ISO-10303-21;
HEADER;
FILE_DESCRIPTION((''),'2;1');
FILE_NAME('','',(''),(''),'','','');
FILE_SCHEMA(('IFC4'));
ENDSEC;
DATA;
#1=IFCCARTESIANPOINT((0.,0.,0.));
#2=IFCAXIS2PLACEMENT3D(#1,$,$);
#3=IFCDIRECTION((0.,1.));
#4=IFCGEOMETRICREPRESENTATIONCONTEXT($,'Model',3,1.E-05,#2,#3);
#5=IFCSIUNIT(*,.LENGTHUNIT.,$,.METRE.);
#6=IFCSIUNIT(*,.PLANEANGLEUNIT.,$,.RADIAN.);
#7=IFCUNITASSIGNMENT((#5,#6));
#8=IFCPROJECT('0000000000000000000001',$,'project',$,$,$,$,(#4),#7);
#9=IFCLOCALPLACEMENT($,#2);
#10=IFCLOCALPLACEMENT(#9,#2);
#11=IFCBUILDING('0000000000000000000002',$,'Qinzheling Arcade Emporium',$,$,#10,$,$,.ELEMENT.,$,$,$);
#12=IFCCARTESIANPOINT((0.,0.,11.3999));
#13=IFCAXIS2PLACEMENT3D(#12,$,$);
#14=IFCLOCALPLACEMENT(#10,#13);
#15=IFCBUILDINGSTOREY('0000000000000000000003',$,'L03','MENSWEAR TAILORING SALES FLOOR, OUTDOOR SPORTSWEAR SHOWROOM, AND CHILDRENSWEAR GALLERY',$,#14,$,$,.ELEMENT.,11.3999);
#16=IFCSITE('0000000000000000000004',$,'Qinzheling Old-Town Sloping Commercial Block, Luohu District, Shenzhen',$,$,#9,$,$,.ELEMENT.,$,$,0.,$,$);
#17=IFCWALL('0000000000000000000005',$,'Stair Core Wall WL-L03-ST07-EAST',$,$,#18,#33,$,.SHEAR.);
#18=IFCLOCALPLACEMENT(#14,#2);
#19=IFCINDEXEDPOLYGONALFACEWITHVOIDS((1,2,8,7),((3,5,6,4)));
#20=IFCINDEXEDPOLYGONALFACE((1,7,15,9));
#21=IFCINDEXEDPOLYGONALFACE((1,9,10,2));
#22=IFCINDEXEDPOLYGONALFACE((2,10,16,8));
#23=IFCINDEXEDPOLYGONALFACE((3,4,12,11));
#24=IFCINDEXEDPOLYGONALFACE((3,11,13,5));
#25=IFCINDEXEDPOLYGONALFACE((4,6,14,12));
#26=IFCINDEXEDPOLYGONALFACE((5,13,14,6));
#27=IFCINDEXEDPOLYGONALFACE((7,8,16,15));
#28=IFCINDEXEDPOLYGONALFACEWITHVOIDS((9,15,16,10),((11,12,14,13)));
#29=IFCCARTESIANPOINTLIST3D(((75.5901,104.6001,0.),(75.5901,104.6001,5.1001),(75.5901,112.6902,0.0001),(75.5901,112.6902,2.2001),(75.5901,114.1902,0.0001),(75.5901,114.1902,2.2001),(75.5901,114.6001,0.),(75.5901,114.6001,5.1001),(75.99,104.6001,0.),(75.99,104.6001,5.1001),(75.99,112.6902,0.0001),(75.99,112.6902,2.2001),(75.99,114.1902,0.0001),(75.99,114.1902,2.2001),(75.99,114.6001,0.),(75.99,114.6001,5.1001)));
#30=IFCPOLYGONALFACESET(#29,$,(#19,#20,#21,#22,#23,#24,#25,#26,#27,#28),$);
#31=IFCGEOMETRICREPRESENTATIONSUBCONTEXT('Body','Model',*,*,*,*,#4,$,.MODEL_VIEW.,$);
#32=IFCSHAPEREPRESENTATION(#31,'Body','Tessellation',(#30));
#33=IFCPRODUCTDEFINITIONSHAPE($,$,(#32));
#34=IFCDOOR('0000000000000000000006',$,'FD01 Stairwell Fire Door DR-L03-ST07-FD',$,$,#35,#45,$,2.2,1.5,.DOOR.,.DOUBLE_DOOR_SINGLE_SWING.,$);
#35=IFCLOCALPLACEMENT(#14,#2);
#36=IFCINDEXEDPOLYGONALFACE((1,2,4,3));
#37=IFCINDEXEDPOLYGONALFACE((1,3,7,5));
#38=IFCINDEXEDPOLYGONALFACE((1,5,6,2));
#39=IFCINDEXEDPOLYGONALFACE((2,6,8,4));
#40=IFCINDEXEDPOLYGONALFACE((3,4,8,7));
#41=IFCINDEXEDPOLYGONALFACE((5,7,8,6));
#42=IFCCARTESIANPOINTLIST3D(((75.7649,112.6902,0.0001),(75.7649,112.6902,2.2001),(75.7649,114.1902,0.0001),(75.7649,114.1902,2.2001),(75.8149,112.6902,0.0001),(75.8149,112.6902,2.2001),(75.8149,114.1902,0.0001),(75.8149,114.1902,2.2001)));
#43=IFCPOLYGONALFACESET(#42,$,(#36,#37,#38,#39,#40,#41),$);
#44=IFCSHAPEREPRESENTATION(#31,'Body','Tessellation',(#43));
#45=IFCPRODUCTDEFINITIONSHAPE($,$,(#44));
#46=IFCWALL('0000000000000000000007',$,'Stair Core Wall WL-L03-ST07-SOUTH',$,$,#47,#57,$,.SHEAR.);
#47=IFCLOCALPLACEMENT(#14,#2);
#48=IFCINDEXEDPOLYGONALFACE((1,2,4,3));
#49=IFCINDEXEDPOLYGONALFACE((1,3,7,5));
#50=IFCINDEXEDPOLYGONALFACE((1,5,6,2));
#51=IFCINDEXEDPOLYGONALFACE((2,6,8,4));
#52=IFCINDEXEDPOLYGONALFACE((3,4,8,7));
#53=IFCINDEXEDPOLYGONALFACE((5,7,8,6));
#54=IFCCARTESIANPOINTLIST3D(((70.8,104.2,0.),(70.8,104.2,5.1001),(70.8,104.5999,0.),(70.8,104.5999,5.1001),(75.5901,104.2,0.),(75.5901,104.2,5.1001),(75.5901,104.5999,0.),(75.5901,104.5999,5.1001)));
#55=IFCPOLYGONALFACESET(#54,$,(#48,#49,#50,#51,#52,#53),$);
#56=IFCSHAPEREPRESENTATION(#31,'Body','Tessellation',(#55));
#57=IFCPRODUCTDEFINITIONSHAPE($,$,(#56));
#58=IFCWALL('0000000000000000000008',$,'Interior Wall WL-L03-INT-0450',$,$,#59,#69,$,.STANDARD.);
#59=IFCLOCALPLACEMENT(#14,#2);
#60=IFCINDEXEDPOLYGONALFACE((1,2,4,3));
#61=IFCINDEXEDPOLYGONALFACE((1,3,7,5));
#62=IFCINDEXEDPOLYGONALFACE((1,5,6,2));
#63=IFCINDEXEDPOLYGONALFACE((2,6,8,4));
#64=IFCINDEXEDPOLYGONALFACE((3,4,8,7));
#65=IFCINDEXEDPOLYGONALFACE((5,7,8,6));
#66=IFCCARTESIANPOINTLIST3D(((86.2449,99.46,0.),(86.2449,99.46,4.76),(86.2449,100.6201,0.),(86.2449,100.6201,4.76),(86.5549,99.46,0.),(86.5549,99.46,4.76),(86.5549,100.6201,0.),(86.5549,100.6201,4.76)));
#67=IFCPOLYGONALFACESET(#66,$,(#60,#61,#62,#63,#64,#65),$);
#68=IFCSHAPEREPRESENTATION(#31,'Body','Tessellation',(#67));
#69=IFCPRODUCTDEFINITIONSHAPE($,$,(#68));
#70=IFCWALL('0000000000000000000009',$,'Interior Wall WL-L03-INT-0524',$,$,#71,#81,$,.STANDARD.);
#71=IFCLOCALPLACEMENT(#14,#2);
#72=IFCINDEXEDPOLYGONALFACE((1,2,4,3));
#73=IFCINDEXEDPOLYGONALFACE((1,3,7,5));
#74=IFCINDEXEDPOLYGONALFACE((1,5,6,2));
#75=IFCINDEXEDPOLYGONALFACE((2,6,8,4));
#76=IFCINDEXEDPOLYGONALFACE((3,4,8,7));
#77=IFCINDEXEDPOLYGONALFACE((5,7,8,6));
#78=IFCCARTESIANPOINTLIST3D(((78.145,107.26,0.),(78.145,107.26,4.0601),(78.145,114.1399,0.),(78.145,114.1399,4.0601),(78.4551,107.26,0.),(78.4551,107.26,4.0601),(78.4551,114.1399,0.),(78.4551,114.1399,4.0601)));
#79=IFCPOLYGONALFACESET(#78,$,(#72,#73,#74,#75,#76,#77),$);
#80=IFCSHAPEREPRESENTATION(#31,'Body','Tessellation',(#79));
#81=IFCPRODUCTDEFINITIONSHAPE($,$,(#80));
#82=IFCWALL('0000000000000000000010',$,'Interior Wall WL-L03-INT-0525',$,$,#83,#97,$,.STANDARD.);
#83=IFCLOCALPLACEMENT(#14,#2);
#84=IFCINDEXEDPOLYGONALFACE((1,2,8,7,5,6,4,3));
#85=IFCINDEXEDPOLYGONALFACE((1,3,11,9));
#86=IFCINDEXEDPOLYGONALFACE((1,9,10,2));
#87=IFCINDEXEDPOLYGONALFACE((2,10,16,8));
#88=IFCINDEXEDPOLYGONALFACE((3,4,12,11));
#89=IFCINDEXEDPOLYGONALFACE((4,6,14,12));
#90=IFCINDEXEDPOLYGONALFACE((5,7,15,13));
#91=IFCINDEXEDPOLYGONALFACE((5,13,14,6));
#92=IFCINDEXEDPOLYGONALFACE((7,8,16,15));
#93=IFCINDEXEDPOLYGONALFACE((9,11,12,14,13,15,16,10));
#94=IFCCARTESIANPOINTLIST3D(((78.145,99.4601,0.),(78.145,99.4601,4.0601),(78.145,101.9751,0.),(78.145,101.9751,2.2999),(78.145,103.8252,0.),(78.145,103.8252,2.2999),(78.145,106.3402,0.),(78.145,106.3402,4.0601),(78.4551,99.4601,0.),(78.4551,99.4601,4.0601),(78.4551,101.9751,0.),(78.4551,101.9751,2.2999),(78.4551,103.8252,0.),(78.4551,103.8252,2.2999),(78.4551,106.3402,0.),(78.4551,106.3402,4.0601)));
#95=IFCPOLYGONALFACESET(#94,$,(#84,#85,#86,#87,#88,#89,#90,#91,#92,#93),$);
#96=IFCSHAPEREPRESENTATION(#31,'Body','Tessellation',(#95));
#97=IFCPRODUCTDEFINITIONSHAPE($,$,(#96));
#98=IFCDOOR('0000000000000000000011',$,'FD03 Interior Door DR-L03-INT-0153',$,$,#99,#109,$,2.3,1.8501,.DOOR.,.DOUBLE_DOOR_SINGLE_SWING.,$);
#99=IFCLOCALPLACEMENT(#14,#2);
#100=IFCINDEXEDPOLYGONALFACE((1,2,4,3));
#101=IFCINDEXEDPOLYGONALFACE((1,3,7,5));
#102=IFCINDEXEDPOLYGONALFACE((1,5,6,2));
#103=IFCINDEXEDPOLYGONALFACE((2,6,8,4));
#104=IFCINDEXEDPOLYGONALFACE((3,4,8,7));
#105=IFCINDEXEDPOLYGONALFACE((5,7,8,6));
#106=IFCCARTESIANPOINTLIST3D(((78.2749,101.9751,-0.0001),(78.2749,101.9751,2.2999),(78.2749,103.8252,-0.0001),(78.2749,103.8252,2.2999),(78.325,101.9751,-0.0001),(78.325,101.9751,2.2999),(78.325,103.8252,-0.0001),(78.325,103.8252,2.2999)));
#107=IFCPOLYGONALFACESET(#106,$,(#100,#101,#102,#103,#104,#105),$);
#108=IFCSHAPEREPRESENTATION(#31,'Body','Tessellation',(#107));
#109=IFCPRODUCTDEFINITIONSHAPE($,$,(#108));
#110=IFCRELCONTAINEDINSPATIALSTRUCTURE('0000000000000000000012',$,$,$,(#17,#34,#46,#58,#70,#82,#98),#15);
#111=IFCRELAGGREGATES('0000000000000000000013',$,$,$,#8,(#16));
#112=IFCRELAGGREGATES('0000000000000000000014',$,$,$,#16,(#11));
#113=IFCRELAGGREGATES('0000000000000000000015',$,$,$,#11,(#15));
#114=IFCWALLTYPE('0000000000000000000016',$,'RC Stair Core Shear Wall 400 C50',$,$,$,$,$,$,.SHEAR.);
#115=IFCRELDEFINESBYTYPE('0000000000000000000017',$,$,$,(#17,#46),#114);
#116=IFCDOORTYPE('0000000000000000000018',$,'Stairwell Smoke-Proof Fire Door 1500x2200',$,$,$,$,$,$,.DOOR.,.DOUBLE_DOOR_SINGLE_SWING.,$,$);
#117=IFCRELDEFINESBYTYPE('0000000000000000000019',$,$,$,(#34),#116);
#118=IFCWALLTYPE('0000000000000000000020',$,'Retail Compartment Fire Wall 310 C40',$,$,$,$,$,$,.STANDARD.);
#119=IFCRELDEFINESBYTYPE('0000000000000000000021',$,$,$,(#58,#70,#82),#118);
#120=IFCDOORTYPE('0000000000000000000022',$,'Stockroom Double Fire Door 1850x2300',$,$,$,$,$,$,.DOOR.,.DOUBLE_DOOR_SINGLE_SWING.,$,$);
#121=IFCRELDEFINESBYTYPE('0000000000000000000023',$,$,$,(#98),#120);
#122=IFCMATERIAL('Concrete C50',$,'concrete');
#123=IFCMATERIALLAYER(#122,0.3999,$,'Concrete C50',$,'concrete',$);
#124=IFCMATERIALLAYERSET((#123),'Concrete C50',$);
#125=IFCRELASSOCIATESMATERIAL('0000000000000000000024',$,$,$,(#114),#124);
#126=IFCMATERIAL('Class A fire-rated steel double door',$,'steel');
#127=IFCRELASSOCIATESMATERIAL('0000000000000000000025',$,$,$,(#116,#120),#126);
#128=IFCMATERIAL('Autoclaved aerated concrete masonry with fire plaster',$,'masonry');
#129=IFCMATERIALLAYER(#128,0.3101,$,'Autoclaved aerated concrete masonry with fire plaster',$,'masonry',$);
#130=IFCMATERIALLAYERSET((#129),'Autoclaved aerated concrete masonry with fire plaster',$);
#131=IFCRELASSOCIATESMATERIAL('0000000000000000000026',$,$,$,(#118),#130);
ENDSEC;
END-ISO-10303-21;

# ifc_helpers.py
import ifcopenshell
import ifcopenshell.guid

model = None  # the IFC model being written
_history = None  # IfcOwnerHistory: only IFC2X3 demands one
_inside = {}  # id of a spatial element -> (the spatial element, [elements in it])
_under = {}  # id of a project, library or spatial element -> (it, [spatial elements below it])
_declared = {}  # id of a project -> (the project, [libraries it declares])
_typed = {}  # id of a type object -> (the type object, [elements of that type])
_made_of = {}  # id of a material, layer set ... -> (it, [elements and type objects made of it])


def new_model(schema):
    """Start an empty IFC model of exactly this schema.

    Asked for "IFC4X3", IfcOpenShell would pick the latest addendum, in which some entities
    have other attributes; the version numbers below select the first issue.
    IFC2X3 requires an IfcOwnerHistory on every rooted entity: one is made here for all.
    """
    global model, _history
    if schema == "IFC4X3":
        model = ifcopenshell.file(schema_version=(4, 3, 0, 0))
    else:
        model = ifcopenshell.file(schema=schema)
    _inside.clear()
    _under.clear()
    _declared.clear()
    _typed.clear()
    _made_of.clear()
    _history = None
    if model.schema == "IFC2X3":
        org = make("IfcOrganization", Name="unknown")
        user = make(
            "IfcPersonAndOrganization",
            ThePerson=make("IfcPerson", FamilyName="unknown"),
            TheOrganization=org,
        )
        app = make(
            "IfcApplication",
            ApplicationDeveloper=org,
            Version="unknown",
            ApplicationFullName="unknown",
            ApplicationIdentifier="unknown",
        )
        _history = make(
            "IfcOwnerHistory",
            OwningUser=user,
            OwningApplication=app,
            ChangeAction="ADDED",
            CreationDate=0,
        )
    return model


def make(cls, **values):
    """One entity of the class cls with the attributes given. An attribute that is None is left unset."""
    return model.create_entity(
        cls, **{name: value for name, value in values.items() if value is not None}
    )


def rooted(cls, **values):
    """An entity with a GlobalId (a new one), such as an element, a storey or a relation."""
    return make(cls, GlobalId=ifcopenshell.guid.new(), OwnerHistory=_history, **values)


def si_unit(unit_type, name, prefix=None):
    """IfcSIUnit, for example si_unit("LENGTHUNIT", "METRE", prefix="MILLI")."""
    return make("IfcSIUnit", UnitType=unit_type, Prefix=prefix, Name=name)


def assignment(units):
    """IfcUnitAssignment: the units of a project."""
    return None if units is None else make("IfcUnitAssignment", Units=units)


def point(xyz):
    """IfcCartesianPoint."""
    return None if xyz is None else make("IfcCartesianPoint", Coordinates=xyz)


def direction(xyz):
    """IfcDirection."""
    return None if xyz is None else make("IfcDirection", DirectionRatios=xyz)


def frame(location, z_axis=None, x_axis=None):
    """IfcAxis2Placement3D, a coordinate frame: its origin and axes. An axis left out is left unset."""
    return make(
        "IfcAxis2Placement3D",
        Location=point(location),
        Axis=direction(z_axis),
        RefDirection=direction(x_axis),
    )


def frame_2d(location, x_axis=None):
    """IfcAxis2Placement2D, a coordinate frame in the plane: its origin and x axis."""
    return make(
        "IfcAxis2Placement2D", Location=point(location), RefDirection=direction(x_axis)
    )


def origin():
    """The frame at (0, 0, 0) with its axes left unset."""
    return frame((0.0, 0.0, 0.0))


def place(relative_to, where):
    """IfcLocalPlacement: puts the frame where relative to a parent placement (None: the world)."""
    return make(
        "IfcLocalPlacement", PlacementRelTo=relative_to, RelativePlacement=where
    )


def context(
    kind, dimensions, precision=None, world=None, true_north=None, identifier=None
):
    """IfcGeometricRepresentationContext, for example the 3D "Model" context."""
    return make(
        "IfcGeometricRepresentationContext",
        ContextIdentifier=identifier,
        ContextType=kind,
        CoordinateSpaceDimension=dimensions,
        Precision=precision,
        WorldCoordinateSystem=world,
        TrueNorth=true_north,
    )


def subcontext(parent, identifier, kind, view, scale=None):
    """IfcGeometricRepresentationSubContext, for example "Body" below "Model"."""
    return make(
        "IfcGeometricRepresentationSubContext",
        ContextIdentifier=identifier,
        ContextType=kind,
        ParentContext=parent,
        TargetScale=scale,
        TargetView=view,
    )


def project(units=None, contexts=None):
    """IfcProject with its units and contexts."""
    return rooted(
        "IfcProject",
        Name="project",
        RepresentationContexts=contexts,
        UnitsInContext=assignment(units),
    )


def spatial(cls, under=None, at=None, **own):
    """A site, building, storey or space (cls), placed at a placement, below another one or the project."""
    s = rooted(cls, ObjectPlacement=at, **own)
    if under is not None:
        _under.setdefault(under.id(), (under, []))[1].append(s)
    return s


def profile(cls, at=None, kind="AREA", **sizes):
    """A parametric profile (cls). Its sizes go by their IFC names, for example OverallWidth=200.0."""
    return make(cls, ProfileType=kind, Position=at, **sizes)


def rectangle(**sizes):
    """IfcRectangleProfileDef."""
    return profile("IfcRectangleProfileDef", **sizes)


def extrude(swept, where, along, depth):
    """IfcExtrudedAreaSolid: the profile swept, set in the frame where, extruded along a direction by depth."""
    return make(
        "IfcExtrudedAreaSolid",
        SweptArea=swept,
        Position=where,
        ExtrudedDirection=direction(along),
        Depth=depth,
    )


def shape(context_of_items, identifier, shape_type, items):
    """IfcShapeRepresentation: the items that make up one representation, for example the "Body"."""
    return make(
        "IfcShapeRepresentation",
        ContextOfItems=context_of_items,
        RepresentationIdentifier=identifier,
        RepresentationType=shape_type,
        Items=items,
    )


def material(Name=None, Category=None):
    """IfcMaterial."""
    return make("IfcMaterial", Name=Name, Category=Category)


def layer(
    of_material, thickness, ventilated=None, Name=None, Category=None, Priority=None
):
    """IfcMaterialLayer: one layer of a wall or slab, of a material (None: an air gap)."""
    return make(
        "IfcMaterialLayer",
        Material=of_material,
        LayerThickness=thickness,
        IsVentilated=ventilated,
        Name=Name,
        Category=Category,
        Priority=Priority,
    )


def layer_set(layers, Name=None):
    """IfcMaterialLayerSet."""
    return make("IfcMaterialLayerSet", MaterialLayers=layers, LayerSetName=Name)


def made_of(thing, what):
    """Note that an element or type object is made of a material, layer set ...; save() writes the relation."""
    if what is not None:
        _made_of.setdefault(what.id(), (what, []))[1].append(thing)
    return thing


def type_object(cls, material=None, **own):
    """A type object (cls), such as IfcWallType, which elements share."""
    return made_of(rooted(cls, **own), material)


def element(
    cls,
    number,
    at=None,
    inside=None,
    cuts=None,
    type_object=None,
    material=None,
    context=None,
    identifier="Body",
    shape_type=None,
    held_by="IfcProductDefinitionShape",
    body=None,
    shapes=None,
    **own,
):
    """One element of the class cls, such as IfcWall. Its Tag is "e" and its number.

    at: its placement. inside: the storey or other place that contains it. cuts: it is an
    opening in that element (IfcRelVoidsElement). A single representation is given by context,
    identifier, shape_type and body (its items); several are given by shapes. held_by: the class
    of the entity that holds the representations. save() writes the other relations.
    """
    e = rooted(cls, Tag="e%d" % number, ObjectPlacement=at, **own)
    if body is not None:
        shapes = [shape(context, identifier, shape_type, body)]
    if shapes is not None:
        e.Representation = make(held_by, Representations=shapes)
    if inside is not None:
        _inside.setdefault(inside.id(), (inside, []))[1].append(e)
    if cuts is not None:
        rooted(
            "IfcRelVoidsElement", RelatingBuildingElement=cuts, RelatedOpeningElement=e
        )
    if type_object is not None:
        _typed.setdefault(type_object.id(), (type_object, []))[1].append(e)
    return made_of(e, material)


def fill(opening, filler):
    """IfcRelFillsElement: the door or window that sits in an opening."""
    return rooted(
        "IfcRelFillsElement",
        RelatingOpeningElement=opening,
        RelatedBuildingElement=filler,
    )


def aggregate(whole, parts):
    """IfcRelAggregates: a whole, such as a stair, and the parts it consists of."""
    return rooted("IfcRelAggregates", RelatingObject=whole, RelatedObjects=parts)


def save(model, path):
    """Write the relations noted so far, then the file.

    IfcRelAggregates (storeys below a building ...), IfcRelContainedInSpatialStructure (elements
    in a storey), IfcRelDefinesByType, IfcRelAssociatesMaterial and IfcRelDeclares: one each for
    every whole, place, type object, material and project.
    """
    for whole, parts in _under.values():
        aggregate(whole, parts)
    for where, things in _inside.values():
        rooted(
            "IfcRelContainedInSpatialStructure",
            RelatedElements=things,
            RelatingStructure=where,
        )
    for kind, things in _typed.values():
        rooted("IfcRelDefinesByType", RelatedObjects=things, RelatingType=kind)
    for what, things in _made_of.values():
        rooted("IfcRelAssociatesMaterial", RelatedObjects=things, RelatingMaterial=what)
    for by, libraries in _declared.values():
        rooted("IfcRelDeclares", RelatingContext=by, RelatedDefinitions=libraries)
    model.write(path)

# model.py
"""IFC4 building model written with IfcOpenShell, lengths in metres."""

from ifc_helpers import new_model, si_unit, direction, frame, frame_2d, origin, place, context, subcontext, project, spatial, rectangle, extrude, material, layer, layer_set, type_object, element, fill, save


model = new_model("IFC4")

# Units and contexts
model_context = context("Model", 3, precision=1e-05, world=origin(), true_north=direction((0.0, 1.0)))
body_context = subcontext(model_context, "Body", "Model", "MODEL_VIEW")
ifc_project = project(units=[si_unit("LENGTHUNIT", "METRE"), si_unit("PLANEANGLEUNIT", "RADIAN")], contexts=[model_context])

# Site, building, storey
site_placement = place(None, origin())
site = spatial("IfcSite", under=ifc_project, at=site_placement, Name="Qinzheling Old-Town Sloping Commercial Block, Luohu District, Shenzhen", CompositionType="ELEMENT", RefElevation=0.0)
building_placement = place(site_placement, origin())
building = spatial("IfcBuilding", under=site, at=building_placement, Name="Qinzheling Arcade Emporium", CompositionType="ELEMENT")
storey_placement = place(building_placement, frame((0.0, 0.0, 11.3999)))
storey = spatial("IfcBuildingStorey", under=building, at=storey_placement, Name="L03", Description="MENSWEAR TAILORING SALES FLOOR, OUTDOOR SPORTSWEAR SHOWROOM, AND CHILDRENSWEAR GALLERY", CompositionType="ELEMENT", Elevation=11.3999)

# Shared definitions
ifc_material_1 = material(Name="Concrete C50", Category="concrete")

# Wall, opening, door
ifc_layer_1 = layer(ifc_material_1, 0.3999, Name="Concrete C50", Category="concrete")
ifc_layer_set_1 = layer_set([ifc_layer_1], Name="Concrete C50")
wall_type_1 = type_object("IfcWallType", Name="RC Stair Core Shear Wall 400 C50", PredefinedType="SHEAR", material=ifc_layer_set_1)
wall_1_placement = place(storey_placement, frame((75.79, 114.6001, 0.0), z_axis=(0.0, 0.0, 1.0), x_axis=(0.0, -1.0, 0.0)))
wall_1 = element("IfcWall", 1, at=wall_1_placement, inside=storey, type_object=wall_type_1, Name="Stair Core Wall WL-L03-ST07-EAST", PredefinedType="SHEAR", context=body_context, shape_type="SweptSolid", body=[
    extrude(rectangle(XDim=10.0, YDim=0.3999, at=frame_2d((5.0, 0.0))), origin(), (0.0, 0.0, 1.0), 5.1001),
])
opening_1_placement = place(wall_1_placement, frame((0.4099, 0.0, 0.0)))
opening_1 = element("IfcOpeningElement", 2, at=opening_1_placement, cuts=wall_1, PredefinedType="OPENING", context=body_context, shape_type="SweptSolid", body=[
    extrude(rectangle(XDim=1.5, YDim=2.2, at=frame_2d((0.75, 1.1001))), frame((0.0, 0.21, 0.0), z_axis=(0.0, -1.0, 0.0), x_axis=(1.0, 0.0, 0.0)), (0.0, 0.0, 1.0), 0.4199),
])
ifc_material_2 = material(Name="Class A fire-rated steel double door", Category="steel")
door_type_1 = type_object("IfcDoorType", Name="Stairwell Smoke-Proof Fire Door 1500x2200", OperationType="DOUBLE_DOOR_SINGLE_SWING", PredefinedType="DOOR", material=ifc_material_2)
door_1_placement = place(opening_1_placement, origin())
door_1 = element("IfcDoor", 3, at=door_1_placement, inside=storey, type_object=door_type_1, Name="FD01 Stairwell Fire Door DR-L03-ST07-FD", OperationType="DOUBLE_DOOR_SINGLE_SWING", OverallHeight=2.2, OverallWidth=1.5, PredefinedType="DOOR", context=body_context, shape_type="SweptSolid", body=[
    extrude(rectangle(XDim=1.5, YDim=2.2, at=frame_2d((0.75, 1.1001))), frame((0.0, 0.0249, 0.0), z_axis=(0.0, -1.0, 0.0), x_axis=(1.0, 0.0, 0.0)), (0.0, 0.0, 1.0), 0.05),
])
fill(opening_1, door_1)

# Walls
wall_2_placement = place(storey_placement, frame((75.5901, 104.3999, 0.0), z_axis=(0.0, 0.0, 1.0), x_axis=(-1.0, 0.0, 0.0)))
element("IfcWall", 4, at=wall_2_placement, inside=storey, type_object=wall_type_1, Name="Stair Core Wall WL-L03-ST07-SOUTH", PredefinedType="SHEAR", context=body_context, shape_type="SweptSolid", body=[
    extrude(rectangle(XDim=4.79, YDim=0.3999, at=frame_2d((2.395, 0.0))), origin(), (0.0, 0.0, 1.0), 5.1001),
])
ifc_material_3 = material(Name="Autoclaved aerated concrete masonry with fire plaster", Category="masonry")
ifc_layer_2 = layer(ifc_material_3, 0.3101, Name="Autoclaved aerated concrete masonry with fire plaster", Category="masonry")
ifc_layer_set_2 = layer_set([ifc_layer_2], Name="Autoclaved aerated concrete masonry with fire plaster")
wall_type_2 = type_object("IfcWallType", Name="Retail Compartment Fire Wall 310 C40", PredefinedType="STANDARD", material=ifc_layer_set_2)
wall_3_placement = place(storey_placement, frame((86.3999, 100.6201, 0.0), z_axis=(0.0, 0.0, 1.0), x_axis=(0.0, -1.0, 0.0)))
element("IfcWall", 5, at=wall_3_placement, inside=storey, type_object=wall_type_2, Name="Interior Wall WL-L03-INT-0450", PredefinedType="STANDARD", context=body_context, shape_type="SweptSolid", body=[
    extrude(rectangle(XDim=1.1602, YDim=0.3101, at=frame_2d((0.5801, 0.0))), origin(), (0.0, 0.0, 1.0), 4.76),
])
wall_4_placement = place(storey_placement, frame((78.3, 114.1399, 0.0), z_axis=(0.0, 0.0, 1.0), x_axis=(0.0, -1.0, 0.0)))
element("IfcWall", 6, at=wall_4_placement, inside=storey, type_object=wall_type_2, Name="Interior Wall WL-L03-INT-0524", PredefinedType="STANDARD", context=body_context, shape_type="SweptSolid", body=[
    extrude(rectangle(XDim=6.8799, YDim=0.3101, at=frame_2d((3.4399, 0.0))), origin(), (0.0, 0.0, 1.0), 4.0601),
])

# Wall, opening, door
wall_5_placement = place(storey_placement, frame((78.3, 106.3401, 0.0), z_axis=(0.0, 0.0, 1.0), x_axis=(0.0, -1.0, 0.0)))
wall_5 = element("IfcWall", 7, at=wall_5_placement, inside=storey, type_object=wall_type_2, Name="Interior Wall WL-L03-INT-0525", PredefinedType="STANDARD", context=body_context, shape_type="SweptSolid", body=[
    extrude(rectangle(XDim=6.8801, YDim=0.3101, at=frame_2d((3.4399, 0.0))), origin(), (0.0, 0.0, 1.0), 4.0601),
])
opening_2_placement = place(wall_5_placement, frame((2.5149, 0.0, 0.0)))
opening_2 = element("IfcOpeningElement", 8, at=opening_2_placement, cuts=wall_5, PredefinedType="OPENING", context=body_context, shape_type="SweptSolid", body=[
    extrude(rectangle(XDim=1.8501, YDim=2.3, at=frame_2d((0.925, 1.1499))), frame((0.0, 0.165, 0.0), z_axis=(0.0, -1.0, 0.0), x_axis=(1.0, 0.0, 0.0)), (0.0, 0.0, 1.0), 0.3301),
])
door_type_2 = type_object("IfcDoorType", Name="Stockroom Double Fire Door 1850x2300", OperationType="DOUBLE_DOOR_SINGLE_SWING", PredefinedType="DOOR", material=ifc_material_2)
door_2_placement = place(opening_2_placement, origin())
door_2 = element("IfcDoor", 9, at=door_2_placement, inside=storey, type_object=door_type_2, Name="FD03 Interior Door DR-L03-INT-0153", OperationType="DOUBLE_DOOR_SINGLE_SWING", OverallHeight=2.3, OverallWidth=1.8501, PredefinedType="DOOR", context=body_context, shape_type="SweptSolid", body=[
    extrude(rectangle(XDim=1.8501, YDim=2.3, at=frame_2d((0.925, 1.1499))), frame((0.0, 0.0249, 0.0), z_axis=(0.0, -1.0, 0.0), x_axis=(1.0, 0.0, 0.0)), (0.0, 0.0, 1.0), 0.05),
])
fill(opening_2, door_2)

save(model, "model.ifc")
